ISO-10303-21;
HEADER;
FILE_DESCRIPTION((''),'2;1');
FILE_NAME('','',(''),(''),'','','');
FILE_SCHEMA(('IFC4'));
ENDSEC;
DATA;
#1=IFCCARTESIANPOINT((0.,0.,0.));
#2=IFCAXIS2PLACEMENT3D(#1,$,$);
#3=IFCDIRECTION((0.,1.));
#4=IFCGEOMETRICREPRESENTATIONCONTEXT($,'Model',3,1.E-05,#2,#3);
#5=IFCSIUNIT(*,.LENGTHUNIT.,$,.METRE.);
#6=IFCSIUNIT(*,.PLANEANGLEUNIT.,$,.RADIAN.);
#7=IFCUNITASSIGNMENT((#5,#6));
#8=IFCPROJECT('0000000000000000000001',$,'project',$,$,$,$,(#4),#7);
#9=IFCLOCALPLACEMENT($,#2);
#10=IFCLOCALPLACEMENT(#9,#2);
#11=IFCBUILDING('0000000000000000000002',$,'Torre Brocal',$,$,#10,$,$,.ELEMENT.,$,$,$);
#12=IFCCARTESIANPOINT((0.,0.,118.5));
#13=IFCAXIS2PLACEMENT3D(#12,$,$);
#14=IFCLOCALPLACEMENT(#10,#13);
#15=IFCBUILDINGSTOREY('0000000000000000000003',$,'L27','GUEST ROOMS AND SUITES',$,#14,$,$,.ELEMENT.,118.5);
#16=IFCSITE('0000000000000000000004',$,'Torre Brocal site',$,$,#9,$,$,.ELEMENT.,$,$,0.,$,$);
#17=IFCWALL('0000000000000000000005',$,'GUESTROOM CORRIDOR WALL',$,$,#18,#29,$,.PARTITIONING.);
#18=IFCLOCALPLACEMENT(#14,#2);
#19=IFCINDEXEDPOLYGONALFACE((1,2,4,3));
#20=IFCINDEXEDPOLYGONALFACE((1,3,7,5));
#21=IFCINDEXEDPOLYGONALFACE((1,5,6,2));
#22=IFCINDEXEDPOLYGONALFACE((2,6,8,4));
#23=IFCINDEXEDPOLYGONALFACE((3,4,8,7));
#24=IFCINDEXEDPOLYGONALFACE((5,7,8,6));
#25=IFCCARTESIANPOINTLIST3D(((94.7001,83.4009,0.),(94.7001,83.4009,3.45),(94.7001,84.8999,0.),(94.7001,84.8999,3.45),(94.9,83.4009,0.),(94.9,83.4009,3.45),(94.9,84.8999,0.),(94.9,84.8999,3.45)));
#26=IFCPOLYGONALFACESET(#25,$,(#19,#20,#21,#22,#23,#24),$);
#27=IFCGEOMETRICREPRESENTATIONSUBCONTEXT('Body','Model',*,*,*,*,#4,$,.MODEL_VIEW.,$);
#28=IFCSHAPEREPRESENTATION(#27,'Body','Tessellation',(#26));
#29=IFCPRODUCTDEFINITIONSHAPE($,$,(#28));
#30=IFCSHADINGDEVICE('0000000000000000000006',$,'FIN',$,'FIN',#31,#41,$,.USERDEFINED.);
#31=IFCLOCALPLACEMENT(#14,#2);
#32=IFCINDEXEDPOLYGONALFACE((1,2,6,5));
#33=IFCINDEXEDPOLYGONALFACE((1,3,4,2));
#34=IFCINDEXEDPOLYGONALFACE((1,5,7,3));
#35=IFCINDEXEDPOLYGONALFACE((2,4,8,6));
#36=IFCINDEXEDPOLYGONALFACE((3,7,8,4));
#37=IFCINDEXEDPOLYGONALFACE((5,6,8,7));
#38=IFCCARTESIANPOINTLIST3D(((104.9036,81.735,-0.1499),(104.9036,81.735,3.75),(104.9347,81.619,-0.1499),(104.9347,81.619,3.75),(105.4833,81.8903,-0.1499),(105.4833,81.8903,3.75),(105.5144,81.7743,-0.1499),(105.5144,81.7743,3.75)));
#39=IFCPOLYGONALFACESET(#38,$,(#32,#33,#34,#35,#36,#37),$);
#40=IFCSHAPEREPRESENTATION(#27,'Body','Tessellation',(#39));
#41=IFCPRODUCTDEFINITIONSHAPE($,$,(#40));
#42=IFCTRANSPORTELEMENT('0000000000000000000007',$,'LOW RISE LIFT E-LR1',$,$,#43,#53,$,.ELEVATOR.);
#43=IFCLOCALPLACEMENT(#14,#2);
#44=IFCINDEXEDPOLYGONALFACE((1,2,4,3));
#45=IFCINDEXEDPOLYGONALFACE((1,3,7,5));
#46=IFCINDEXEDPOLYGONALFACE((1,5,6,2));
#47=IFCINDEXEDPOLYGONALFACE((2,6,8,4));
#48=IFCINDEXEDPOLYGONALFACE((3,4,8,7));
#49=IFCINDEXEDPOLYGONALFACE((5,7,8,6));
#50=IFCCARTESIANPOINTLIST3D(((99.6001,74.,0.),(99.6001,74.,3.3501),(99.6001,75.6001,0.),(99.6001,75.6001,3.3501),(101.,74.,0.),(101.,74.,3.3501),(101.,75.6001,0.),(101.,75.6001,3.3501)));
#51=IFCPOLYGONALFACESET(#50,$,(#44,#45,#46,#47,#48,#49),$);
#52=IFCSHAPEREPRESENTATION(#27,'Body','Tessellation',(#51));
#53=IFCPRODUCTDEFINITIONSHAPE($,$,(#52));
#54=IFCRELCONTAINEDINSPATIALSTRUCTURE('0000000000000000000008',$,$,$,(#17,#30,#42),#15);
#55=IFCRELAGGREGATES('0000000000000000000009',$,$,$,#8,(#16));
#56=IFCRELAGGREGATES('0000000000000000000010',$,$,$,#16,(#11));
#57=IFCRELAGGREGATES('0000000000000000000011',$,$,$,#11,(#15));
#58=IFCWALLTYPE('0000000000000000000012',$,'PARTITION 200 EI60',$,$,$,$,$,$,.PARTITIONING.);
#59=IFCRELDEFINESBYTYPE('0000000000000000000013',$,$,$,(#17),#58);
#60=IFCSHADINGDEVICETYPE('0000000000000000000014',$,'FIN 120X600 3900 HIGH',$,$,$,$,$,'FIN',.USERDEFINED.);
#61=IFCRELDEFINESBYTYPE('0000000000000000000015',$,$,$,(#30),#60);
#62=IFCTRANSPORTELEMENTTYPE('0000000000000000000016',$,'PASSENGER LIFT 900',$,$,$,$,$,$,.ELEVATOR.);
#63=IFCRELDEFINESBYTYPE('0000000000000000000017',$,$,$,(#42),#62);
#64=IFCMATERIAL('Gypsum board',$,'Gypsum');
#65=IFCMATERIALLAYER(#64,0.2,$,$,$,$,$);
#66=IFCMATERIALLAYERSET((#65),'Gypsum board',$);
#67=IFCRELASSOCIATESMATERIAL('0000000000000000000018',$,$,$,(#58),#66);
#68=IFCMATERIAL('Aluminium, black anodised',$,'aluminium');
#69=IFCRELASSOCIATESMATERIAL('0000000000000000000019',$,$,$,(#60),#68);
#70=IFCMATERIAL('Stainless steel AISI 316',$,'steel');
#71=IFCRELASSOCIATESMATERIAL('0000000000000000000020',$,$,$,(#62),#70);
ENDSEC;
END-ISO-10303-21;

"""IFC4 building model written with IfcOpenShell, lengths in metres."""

from ifc_helpers import new_model, si_unit, direction, frame, frame_2d, origin, origin_2d, place, context, subcontext, project, spatial, rectangle, extrude, material, layer, layer_set, material_profile, profile_set, type_object, element, save


model = new_model("IFC4")

# Units and contexts
model_context = context("Model", 3, precision=1e-05, world=origin(), true_north=direction((0.0, 1.0)))
body_context = subcontext(model_context, "Body", "Model", "MODEL_VIEW")
ifc_project = project(units=[si_unit("LENGTHUNIT", "METRE"), si_unit("PLANEANGLEUNIT", "RADIAN")], contexts=[model_context])

# Site, building, storey
site_placement = place(None, origin())
site = spatial("IfcSite", under=ifc_project, at=site_placement, Name="Torre Brocal site", CompositionType="ELEMENT", RefElevation=0.0)
building_placement = place(site_placement, origin())
building = spatial("IfcBuilding", under=site, at=building_placement, Name="Torre Brocal", CompositionType="ELEMENT")
storey_placement = place(building_placement, frame((0.0, 0.0, 118.5)))
storey = spatial("IfcBuildingStorey", under=building, at=storey_placement, Name="L27", Description="GUEST ROOMS AND SUITES", CompositionType="ELEMENT", Elevation=118.5)

# Wall
ifc_material_1 = material(Name="Gypsum board", Category="Gypsum")
ifc_layer_1 = layer(ifc_material_1, 0.2)
ifc_layer_set_1 = layer_set([ifc_layer_1], Name="Gypsum board")
wall_type_1 = type_object("IfcWallType", Name="PARTITION 200 EI60", PredefinedType="PARTITIONING", material=ifc_layer_set_1)
wall_1_placement = place(storey_placement, frame((94.8, 83.4009, 0.0), z_axis=(0.0, 0.0, 1.0), x_axis=(0.0, 1.0, 0.0)))
element("IfcWall", 1, at=wall_1_placement, inside=storey, type_object=wall_type_1, Name="GUESTROOM CORRIDOR WALL", PredefinedType="PARTITIONING", context=body_context, shape_type="SweptSolid", body=[
    extrude(rectangle(XDim=1.499, YDim=0.2, at=frame_2d((0.7495, 0.0))), origin(), (0.0, 0.0, 1.0), 3.45),
])

# Shading device
ifc_material_2 = material(Name="Aluminium, black anodised", Category="aluminium")
ifc_material_profile_1 = material_profile(ifc_material_2, rectangle(XDim=0.1201, YDim=0.6001, at=origin_2d()), Name="FIN 120X600 3900 HIGH")
ifc_profile_set_1 = profile_set([ifc_material_profile_1], Name="Aluminium, black anodised")
shading_device_type = type_object("IfcShadingDeviceType", Name="FIN 120X600 3900 HIGH", ElementType="FIN", PredefinedType="USERDEFINED", material=ifc_profile_set_1)
shading_device_placement = place(storey_placement, frame((105.209, 81.7546, -0.1499), z_axis=(0.0, 0.0, 1.0), x_axis=(-0.258819, 0.965926, 0.0)))
element("IfcShadingDevice", 2, at=shading_device_placement, inside=storey, type_object=shading_device_type, Name="FIN", ObjectType="FIN", PredefinedType="USERDEFINED", context=body_context, shape_type="SweptSolid", body=[
    extrude(rectangle(XDim=0.1201, YDim=0.6001, at=origin_2d()), origin(), (0.0, 0.0, 1.0), 3.8999),
])

# Transport element
ifc_material_3 = material(Name="Stainless steel AISI 316", Category="steel")
transport_element_type = type_object("IfcTransportElementType", Name="PASSENGER LIFT 900", PredefinedType="ELEVATOR", material=ifc_material_3)
transport_element_placement = place(storey_placement, frame((100.3, 74.8, 0.0), z_axis=(0.0, 0.0, 1.0), x_axis=(1.0, 0.0, 0.0)))
element("IfcTransportElement", 3, at=transport_element_placement, inside=storey, type_object=transport_element_type, Name="LOW RISE LIFT E-LR1", PredefinedType="ELEVATOR", context=body_context, shape_type="SweptSolid", body=[
    extrude(rectangle(XDim=1.3999, YDim=1.6001, at=origin_2d()), origin(), (0.0, 0.0, 1.0), 3.3501),
])

save(model, "model.ifc")
